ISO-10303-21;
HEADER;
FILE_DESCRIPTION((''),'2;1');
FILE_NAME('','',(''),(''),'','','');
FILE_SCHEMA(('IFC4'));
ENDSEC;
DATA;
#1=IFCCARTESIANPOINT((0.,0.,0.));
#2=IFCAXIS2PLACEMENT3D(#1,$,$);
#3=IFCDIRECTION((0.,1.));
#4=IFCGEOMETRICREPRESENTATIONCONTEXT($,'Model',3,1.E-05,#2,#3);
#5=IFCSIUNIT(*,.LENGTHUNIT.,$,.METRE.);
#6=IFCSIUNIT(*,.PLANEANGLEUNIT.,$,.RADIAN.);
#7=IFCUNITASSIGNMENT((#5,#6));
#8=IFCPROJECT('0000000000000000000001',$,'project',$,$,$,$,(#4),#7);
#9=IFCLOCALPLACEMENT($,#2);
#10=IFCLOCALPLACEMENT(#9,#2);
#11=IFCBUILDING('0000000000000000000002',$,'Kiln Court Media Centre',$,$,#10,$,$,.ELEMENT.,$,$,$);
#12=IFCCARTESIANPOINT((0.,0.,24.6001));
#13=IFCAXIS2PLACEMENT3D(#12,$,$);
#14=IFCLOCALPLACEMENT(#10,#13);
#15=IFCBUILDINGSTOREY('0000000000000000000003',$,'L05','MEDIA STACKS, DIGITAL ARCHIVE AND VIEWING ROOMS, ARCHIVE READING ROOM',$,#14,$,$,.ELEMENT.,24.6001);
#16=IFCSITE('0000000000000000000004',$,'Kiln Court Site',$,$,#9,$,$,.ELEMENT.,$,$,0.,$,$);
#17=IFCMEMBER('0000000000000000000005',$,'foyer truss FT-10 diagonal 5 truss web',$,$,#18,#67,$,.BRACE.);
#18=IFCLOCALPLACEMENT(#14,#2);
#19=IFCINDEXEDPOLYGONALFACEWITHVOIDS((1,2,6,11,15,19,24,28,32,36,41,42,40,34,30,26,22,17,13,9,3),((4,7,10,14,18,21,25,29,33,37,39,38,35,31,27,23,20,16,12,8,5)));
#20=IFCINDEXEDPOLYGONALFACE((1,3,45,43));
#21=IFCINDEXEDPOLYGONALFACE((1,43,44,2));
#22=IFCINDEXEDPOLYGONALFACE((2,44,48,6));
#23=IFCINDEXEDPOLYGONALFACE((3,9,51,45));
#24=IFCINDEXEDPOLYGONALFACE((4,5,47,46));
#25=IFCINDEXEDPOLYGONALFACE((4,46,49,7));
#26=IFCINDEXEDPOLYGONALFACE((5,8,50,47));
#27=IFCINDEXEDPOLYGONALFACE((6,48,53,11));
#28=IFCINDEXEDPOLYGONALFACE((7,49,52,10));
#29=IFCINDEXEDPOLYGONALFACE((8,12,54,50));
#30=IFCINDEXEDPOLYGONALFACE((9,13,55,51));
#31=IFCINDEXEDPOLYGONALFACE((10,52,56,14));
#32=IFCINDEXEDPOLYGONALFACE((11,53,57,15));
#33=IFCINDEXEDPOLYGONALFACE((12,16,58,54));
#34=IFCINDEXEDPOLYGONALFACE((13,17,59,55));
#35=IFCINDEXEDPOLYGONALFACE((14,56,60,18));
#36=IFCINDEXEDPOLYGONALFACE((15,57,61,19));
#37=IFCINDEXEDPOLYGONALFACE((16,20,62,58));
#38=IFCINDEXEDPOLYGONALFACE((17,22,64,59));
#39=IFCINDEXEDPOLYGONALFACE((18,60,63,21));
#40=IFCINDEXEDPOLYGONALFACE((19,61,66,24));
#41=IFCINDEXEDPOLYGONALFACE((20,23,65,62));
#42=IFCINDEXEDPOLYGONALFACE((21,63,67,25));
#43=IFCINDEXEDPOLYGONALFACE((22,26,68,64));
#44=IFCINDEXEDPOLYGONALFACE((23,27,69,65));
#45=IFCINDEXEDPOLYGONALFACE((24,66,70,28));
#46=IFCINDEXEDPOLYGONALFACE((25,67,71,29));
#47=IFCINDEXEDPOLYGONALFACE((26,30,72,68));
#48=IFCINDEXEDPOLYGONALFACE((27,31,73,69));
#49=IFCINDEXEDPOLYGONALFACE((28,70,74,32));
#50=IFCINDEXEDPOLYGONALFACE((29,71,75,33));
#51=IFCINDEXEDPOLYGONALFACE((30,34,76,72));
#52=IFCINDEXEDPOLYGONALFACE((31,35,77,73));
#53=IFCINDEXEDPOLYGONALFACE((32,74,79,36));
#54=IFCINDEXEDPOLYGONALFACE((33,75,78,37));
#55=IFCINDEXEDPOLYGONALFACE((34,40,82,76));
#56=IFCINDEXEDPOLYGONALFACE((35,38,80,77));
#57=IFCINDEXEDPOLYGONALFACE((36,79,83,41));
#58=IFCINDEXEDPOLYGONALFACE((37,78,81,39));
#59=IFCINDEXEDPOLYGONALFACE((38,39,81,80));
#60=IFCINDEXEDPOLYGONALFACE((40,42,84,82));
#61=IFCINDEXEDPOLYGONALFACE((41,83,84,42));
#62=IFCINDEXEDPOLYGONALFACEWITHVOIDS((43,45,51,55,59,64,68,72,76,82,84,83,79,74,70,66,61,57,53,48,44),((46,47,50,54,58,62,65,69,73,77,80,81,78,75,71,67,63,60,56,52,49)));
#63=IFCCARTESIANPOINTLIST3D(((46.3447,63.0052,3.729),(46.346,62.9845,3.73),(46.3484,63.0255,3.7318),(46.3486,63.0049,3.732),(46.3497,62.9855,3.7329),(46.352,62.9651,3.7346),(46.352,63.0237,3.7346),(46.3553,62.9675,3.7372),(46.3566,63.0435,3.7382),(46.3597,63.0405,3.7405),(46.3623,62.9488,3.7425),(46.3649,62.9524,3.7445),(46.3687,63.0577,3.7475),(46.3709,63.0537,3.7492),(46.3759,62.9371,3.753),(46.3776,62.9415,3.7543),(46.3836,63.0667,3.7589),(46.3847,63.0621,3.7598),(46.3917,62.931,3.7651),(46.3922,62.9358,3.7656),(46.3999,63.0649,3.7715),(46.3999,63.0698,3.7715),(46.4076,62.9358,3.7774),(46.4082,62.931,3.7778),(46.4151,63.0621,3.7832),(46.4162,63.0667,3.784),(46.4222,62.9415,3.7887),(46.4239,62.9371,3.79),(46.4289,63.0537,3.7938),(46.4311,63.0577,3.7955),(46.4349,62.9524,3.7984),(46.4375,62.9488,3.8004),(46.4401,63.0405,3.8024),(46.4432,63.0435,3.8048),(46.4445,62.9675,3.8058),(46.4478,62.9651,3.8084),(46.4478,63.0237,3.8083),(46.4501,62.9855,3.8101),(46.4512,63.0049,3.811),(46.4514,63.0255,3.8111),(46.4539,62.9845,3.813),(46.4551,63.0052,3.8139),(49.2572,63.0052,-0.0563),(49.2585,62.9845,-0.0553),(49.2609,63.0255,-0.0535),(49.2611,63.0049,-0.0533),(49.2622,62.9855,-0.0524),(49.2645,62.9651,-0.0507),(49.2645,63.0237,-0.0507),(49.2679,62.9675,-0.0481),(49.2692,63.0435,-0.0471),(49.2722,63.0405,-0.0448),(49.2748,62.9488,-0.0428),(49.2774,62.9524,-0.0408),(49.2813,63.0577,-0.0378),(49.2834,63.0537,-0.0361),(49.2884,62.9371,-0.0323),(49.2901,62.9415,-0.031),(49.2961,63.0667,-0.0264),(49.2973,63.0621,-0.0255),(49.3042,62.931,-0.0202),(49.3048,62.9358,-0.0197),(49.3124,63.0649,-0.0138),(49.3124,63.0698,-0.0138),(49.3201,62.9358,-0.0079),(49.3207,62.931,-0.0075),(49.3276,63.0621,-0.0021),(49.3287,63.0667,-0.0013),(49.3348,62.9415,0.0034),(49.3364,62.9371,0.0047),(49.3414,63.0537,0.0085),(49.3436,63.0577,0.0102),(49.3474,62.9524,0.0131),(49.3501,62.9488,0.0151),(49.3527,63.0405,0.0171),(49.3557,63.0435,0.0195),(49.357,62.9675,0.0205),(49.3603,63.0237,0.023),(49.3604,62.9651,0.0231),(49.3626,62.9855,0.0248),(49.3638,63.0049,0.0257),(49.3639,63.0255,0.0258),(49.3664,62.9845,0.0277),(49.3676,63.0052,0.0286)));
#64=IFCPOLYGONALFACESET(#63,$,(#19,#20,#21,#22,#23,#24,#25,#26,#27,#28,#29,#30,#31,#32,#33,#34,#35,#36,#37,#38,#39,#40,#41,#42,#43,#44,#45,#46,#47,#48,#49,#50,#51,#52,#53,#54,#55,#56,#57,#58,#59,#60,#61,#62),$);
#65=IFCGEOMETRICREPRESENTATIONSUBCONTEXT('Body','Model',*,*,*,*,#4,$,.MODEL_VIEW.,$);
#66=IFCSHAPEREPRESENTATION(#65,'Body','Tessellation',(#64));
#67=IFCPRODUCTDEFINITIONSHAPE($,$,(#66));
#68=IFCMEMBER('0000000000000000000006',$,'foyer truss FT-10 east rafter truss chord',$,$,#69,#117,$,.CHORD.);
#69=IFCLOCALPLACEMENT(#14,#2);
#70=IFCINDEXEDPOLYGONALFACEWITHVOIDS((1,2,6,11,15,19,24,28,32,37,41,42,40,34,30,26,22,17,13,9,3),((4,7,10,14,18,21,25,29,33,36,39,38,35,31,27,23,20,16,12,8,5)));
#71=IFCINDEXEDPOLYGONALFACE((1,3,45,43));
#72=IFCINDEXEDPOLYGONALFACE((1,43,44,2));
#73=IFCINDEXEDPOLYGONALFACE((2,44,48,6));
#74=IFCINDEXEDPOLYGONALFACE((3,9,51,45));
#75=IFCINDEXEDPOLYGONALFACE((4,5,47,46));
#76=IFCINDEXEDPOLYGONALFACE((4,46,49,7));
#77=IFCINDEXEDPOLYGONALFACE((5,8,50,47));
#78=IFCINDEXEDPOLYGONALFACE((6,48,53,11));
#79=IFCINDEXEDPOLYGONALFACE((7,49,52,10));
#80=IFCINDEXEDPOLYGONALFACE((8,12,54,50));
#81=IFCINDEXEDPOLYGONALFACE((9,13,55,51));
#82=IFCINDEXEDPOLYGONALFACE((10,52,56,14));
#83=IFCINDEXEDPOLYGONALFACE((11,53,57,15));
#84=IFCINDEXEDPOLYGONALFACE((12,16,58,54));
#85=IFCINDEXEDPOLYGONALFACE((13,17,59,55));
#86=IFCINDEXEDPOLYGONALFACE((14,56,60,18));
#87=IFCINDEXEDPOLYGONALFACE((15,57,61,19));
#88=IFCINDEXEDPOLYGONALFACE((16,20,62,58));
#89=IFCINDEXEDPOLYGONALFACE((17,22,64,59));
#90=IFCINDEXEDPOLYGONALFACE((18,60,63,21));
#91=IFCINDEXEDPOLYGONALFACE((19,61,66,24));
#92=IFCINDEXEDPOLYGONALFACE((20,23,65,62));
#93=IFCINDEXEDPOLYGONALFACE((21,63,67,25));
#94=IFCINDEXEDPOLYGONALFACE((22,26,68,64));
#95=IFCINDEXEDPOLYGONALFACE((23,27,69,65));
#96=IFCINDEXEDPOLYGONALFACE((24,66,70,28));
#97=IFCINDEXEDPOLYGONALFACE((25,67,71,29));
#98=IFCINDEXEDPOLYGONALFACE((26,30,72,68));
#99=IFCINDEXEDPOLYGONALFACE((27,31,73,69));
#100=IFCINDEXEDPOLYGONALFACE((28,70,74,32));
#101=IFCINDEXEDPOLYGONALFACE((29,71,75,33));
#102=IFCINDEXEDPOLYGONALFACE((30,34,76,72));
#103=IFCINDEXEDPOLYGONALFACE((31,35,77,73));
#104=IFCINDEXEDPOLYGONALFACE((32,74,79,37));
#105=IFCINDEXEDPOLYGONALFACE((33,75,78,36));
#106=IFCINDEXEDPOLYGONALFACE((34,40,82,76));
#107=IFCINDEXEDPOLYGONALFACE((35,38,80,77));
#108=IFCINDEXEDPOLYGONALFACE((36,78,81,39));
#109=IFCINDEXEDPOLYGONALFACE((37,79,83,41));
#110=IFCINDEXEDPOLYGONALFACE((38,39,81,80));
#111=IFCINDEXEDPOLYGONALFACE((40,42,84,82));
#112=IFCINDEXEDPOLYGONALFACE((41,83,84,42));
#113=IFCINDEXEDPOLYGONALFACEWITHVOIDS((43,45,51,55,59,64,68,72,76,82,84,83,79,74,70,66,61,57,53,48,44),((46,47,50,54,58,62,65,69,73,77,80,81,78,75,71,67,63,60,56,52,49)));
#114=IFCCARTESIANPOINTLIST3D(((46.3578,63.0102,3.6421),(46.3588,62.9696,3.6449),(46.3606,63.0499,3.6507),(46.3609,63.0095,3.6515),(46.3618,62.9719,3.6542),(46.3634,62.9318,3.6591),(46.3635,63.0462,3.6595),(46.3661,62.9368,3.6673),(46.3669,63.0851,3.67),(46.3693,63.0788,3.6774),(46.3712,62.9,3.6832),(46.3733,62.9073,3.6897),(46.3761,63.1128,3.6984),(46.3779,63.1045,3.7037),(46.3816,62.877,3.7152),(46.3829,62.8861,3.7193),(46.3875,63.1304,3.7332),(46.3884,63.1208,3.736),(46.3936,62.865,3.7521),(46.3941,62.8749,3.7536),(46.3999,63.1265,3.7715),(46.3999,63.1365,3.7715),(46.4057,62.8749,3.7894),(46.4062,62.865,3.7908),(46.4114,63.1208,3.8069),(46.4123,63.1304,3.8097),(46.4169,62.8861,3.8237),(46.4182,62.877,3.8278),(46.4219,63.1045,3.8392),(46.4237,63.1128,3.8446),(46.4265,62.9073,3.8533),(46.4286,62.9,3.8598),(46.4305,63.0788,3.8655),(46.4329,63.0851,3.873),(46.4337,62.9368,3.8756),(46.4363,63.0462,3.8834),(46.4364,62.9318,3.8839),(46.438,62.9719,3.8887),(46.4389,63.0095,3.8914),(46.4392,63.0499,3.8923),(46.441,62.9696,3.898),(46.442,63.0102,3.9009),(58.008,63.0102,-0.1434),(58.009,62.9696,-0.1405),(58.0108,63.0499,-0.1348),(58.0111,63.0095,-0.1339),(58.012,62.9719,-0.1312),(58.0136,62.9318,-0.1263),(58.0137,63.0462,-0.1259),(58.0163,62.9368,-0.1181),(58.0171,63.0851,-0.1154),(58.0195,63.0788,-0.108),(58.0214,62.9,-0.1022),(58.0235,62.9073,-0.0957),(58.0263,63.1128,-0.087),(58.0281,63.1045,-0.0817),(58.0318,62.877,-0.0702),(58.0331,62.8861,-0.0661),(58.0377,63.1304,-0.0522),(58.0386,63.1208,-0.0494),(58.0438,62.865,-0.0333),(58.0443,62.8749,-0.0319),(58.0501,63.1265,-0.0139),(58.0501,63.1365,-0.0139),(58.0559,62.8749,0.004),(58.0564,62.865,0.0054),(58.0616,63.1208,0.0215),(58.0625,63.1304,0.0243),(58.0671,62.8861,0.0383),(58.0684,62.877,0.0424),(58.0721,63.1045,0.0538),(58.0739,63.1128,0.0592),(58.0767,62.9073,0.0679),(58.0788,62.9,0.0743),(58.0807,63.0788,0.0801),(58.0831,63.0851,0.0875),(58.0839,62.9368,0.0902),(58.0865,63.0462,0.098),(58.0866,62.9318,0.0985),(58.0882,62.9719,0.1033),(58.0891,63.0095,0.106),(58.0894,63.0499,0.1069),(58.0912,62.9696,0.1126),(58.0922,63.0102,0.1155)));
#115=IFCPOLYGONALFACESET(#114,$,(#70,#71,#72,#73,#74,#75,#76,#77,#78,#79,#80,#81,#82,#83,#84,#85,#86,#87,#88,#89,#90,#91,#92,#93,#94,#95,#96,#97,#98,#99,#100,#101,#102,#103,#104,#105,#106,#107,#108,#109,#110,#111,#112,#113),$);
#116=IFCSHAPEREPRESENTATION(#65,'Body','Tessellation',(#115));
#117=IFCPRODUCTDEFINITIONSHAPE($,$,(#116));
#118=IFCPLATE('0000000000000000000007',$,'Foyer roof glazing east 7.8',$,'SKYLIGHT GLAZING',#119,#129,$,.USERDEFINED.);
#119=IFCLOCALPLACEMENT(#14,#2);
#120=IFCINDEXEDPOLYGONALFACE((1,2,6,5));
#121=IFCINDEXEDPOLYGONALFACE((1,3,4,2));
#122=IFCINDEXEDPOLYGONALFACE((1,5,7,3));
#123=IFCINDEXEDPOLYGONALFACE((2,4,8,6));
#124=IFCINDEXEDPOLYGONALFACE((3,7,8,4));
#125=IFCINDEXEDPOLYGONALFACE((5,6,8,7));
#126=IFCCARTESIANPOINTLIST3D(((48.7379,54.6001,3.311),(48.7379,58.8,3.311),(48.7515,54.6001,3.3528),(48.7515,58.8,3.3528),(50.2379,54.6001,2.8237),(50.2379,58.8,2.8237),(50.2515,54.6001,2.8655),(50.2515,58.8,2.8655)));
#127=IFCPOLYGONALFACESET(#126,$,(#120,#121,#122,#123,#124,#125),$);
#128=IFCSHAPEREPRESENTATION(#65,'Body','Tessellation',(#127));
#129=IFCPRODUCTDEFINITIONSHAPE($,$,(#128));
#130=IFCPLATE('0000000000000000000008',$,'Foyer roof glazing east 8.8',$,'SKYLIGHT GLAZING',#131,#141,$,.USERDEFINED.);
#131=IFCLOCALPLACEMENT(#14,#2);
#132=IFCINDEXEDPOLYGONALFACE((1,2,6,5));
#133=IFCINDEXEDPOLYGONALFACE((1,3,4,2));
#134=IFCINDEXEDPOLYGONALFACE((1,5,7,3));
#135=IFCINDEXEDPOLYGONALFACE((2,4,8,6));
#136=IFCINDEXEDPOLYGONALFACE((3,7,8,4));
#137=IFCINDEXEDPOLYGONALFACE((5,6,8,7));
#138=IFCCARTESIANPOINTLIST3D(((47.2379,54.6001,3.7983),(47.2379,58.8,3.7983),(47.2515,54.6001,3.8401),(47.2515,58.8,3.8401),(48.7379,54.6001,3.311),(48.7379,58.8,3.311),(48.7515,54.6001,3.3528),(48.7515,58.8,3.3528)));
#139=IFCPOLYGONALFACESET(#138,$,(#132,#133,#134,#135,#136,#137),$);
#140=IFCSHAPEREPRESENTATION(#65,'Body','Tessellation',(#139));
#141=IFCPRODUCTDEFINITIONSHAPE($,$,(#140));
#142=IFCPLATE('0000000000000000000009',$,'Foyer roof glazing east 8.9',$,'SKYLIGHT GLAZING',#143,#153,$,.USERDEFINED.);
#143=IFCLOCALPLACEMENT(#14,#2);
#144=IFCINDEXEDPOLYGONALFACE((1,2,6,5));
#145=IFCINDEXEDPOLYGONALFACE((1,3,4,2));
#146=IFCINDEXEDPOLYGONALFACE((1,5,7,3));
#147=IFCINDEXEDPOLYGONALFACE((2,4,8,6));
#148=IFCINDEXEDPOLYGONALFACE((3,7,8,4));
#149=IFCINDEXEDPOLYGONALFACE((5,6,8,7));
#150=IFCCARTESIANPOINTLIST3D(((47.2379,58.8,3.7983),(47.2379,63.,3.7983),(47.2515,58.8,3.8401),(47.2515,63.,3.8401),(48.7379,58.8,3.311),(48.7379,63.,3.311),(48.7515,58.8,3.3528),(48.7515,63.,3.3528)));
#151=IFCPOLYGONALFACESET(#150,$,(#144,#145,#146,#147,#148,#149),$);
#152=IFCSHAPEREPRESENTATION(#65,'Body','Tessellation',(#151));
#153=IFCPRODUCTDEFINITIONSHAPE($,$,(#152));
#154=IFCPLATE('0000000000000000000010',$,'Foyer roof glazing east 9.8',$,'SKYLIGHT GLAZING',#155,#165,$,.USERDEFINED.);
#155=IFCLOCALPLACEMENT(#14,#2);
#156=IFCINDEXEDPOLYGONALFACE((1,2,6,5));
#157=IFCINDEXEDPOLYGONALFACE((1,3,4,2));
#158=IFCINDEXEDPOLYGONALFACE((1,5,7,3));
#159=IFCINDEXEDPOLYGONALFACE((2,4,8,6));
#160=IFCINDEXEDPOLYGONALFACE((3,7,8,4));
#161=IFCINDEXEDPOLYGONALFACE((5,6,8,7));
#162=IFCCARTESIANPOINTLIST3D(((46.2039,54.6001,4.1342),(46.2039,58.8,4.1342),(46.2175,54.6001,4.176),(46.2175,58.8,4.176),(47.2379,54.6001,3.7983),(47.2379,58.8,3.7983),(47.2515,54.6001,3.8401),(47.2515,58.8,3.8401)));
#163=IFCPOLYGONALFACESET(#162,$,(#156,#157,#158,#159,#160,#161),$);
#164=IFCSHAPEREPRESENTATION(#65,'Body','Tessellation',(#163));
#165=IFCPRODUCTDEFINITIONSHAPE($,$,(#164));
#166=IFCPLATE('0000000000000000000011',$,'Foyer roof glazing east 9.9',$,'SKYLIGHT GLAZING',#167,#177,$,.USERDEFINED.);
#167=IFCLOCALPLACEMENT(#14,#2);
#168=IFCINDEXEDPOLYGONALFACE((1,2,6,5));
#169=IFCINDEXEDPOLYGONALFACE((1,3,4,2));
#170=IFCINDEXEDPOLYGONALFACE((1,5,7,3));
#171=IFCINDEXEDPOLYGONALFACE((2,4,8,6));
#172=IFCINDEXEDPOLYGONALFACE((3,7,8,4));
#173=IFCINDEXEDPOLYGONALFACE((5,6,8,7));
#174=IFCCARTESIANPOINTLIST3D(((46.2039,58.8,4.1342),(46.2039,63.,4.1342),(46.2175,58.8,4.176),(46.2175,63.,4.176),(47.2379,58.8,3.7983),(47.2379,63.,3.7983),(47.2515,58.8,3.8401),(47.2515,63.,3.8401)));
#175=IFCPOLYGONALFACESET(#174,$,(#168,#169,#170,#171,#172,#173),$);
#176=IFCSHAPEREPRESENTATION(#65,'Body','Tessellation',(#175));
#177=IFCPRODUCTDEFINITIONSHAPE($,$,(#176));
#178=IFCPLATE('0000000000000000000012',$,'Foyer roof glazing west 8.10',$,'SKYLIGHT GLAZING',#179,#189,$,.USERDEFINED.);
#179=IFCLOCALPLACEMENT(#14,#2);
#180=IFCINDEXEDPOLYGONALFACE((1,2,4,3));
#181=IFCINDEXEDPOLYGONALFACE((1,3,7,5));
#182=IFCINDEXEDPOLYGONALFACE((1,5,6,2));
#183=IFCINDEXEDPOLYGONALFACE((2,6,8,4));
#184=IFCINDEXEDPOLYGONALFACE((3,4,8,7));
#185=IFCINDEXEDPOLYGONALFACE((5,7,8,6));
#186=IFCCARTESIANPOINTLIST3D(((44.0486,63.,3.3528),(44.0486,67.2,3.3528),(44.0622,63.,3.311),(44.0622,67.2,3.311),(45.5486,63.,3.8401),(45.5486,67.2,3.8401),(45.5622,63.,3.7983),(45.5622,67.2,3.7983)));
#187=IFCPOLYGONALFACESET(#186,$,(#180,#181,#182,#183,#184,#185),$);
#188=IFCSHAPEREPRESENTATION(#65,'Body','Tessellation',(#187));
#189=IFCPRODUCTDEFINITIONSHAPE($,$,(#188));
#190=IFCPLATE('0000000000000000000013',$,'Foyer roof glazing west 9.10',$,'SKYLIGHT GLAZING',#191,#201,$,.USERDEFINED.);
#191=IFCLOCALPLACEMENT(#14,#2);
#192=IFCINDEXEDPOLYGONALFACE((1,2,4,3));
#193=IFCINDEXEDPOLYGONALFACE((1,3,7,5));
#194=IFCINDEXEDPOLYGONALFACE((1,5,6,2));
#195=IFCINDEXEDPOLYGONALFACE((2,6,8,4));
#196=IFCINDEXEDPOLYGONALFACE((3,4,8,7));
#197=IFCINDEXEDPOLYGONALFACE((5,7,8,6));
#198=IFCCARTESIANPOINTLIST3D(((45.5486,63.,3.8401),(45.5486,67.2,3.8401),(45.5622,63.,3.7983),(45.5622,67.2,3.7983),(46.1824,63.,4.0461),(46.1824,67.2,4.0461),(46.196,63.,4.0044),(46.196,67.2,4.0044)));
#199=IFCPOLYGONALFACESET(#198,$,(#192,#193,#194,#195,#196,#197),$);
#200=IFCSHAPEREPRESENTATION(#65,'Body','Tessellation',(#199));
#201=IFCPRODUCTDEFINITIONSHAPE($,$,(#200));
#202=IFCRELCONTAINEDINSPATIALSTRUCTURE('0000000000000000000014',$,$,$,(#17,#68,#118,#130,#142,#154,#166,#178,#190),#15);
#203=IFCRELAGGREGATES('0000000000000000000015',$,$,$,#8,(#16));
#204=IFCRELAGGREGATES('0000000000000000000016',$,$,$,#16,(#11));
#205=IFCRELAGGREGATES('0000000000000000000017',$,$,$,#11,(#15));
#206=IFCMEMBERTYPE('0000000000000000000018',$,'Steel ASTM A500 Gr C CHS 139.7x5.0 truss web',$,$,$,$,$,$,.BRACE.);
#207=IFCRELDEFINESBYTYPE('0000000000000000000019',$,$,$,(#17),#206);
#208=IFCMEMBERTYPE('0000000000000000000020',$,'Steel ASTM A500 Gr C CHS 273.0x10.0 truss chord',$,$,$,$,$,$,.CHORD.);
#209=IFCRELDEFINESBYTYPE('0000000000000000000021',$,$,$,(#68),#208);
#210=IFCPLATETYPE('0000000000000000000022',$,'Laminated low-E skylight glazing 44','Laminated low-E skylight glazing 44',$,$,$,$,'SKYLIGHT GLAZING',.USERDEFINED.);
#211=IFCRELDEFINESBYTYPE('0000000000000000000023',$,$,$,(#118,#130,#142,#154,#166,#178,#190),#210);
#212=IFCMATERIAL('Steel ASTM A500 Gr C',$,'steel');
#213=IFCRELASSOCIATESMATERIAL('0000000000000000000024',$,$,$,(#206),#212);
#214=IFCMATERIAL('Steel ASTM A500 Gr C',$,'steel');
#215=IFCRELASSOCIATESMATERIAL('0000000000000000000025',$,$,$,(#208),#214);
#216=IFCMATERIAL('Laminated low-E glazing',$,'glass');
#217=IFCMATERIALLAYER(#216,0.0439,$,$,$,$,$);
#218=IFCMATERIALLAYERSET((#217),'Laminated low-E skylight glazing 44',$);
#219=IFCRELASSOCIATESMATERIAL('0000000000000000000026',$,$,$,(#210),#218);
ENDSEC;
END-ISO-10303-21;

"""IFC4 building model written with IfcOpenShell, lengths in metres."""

from ifc_helpers import new_model, si_unit, direction, frame, origin, origin_2d, place, context, subcontext, project, spatial, polyline, hollow_circle, outline, extrude, material, layer, layer_set, material_profile, profile_set, type_object, element, save


model = new_model("IFC4")

# Units and contexts
model_context = context("Model", 3, precision=1e-05, world=origin(), true_north=direction((0.0, 1.0)))
body_context = subcontext(model_context, "Body", "Model", "MODEL_VIEW")
ifc_project = project(units=[si_unit("LENGTHUNIT", "METRE"), si_unit("PLANEANGLEUNIT", "RADIAN")], contexts=[model_context])

# Site, building, storey
site_placement = place(None, origin())
site = spatial("IfcSite", under=ifc_project, at=site_placement, Name="Kiln Court Site", CompositionType="ELEMENT", RefElevation=0.0)
building_placement = place(site_placement, origin())
building = spatial("IfcBuilding", under=site, at=building_placement, Name="Kiln Court Media Centre", CompositionType="ELEMENT")
storey_placement = place(building_placement, frame((0.0, 0.0, 24.6001)))
storey = spatial("IfcBuildingStorey", under=building, at=storey_placement, Name="L05", Description="MEDIA STACKS, DIGITAL ARCHIVE AND VIEWING ROOMS, ARCHIVE READING ROOM", CompositionType="ELEMENT", Elevation=24.6001)

# Members
ifc_material_1 = material(Name="Steel ASTM A500 Gr C", Category="steel")
ifc_material_profile_1 = material_profile(ifc_material_1, hollow_circle(Radius=0.0698, WallThickness=0.0049, at=origin_2d()), Name="CHS 139.7x5.0")
ifc_profile_set_1 = profile_set([ifc_material_profile_1], Name="Steel ASTM A500 Gr C")
member_type_1 = type_object("IfcMemberType", Name="Steel ASTM A500 Gr C CHS 139.7x5.0 truss web", PredefinedType="BRACE", material=ifc_profile_set_1)
member_1_placement = place(storey_placement, frame((46.3999, 63.0, 3.7715), z_axis=(0.60981, 0.0, -0.792548), x_axis=(0.0, 1.0, 0.0)))
element("IfcMember", 1, at=member_1_placement, inside=storey, type_object=member_type_1, Name="foyer truss FT-10 diagonal 5 truss web", PredefinedType="BRACE", context=body_context, shape_type="SweptSolid", body=[
    extrude(hollow_circle(Radius=0.0698, WallThickness=0.0049, at=origin_2d()), origin(), (0.0, 0.0, 1.0), 4.7761),
])
ifc_material_2 = material(Name="Steel ASTM A500 Gr C", Category="steel")
ifc_material_profile_2 = material_profile(ifc_material_2, hollow_circle(Radius=0.1365, WallThickness=0.01, at=origin_2d()), Name="CHS 273.0x10.0")
ifc_profile_set_2 = profile_set([ifc_material_profile_2], Name="Steel ASTM A500 Gr C")
member_type_2 = type_object("IfcMemberType", Name="Steel ASTM A500 Gr C CHS 273.0x10.0 truss chord", PredefinedType="CHORD", material=ifc_profile_set_2)
member_2_placement = place(storey_placement, frame((46.3999, 63.0, 3.7715), z_axis=(0.951056, 0.0, -0.30902), x_axis=(0.0, 1.0, 0.0)))
element("IfcMember", 2, at=member_2_placement, inside=storey, type_object=member_type_2, Name="foyer truss FT-10 east rafter truss chord", PredefinedType="CHORD", context=body_context, shape_type="SweptSolid", body=[
    extrude(hollow_circle(Radius=0.1365, WallThickness=0.01, at=origin_2d()), origin(), (0.0, 0.0, 1.0), 12.2498),
])

# Plates
ifc_material_3 = material(Name="Laminated low-E glazing", Category="glass")
ifc_layer_1 = layer(ifc_material_3, 0.0439)
ifc_layer_set_1 = layer_set([ifc_layer_1], Name="Laminated low-E skylight glazing 44")
plate_type_1 = type_object("IfcPlateType", Name="Laminated low-E skylight glazing 44", Description="Laminated low-E skylight glazing 44", ElementType="SKYLIGHT GLAZING", PredefinedType="USERDEFINED", material=ifc_layer_set_1)
for number, where, z_axis, x_axis, name in (
    (3, (50.2515, 58.8, 2.8655), (0.308974, 0.0, 0.95107), (-0.95107, 0.0, 0.308974), "Foyer roof glazing east 7.8"),
    (4, (48.7515, 58.8, 3.3528), (0.308974, 0.0, 0.95107), (-0.95107, 0.0, 0.308974), "Foyer roof glazing east 8.8"),
    (5, (48.7515, 63.0, 3.3528), (0.308974, 0.0, 0.95107), (-0.95107, 0.0, 0.308974), "Foyer roof glazing east 8.9"),
):
    element("IfcPlate", number, at=place(storey_placement, frame(where, z_axis=z_axis, x_axis=x_axis)), inside=storey, type_object=plate_type_1, Name=name, ObjectType="SKYLIGHT GLAZING", PredefinedType="USERDEFINED", context=body_context, shape_type="SweptSolid", body=[
        extrude(outline(polyline([(0.0, 0.0), (1.5772, 0.0), (1.5772, 4.2), (0.0, 4.2), (0.0, 0.0)])), origin(), (0.0, 0.0, -1.0), 0.0439),
    ])
for number, where, z_axis, x_axis, name in (
    (6, (47.2515, 58.8, 3.8401), (0.30901, 0.0, 0.951059), (-0.951059, 0.0, 0.30901), "Foyer roof glazing east 9.8"),
    (7, (47.2515, 63.0, 3.8401), (0.30901, 0.0, 0.951059), (-0.951059, 0.0, 0.30901), "Foyer roof glazing east 9.9"),
):
    element("IfcPlate", number, at=place(storey_placement, frame(where, z_axis=z_axis, x_axis=x_axis)), inside=storey, type_object=plate_type_1, Name=name, ObjectType="SKYLIGHT GLAZING", PredefinedType="USERDEFINED", context=body_context, shape_type="SweptSolid", body=[
        extrude(outline(polyline([(0.0, 0.0), (1.0871, 0.0), (1.0871, 4.2), (0.0, 4.2), (0.0, 0.0)])), origin(), (0.0, 0.0, -1.0), 0.0439),
    ])
plate_1_placement = place(storey_placement, frame((44.0486, 63.0, 3.3528), z_axis=(-0.308974, 0.0, 0.95107), x_axis=(0.95107, 0.0, 0.308974)))
element("IfcPlate", 8, at=plate_1_placement, inside=storey, type_object=plate_type_1, Name="Foyer roof glazing west 8.10", ObjectType="SKYLIGHT GLAZING", PredefinedType="USERDEFINED", context=body_context, shape_type="SweptSolid", body=[
    extrude(outline(polyline([(0.0, 0.0), (1.5772, 0.0), (1.5772, 4.2), (0.0, 4.2), (0.0, 0.0)])), origin(), (0.0, 0.0, -1.0), 0.0439),
])
plate_2_placement = place(storey_placement, frame((45.5486, 63.0, 3.8401), z_axis=(-0.309185, 0.0, 0.951002), x_axis=(0.951002, 0.0, 0.309185)))
element("IfcPlate", 9, at=plate_2_placement, inside=storey, type_object=plate_type_1, Name="Foyer roof glazing west 9.10", ObjectType="SKYLIGHT GLAZING", PredefinedType="USERDEFINED", context=body_context, shape_type="SweptSolid", body=[
    extrude(outline(polyline([(0.0, 0.0), (0.6664, 0.0), (0.6664, 4.2), (0.0, 4.2), (0.0, 0.0)])), origin(), (0.0, 0.0, -1.0), 0.0439),
])

save(model, "model.ifc")
